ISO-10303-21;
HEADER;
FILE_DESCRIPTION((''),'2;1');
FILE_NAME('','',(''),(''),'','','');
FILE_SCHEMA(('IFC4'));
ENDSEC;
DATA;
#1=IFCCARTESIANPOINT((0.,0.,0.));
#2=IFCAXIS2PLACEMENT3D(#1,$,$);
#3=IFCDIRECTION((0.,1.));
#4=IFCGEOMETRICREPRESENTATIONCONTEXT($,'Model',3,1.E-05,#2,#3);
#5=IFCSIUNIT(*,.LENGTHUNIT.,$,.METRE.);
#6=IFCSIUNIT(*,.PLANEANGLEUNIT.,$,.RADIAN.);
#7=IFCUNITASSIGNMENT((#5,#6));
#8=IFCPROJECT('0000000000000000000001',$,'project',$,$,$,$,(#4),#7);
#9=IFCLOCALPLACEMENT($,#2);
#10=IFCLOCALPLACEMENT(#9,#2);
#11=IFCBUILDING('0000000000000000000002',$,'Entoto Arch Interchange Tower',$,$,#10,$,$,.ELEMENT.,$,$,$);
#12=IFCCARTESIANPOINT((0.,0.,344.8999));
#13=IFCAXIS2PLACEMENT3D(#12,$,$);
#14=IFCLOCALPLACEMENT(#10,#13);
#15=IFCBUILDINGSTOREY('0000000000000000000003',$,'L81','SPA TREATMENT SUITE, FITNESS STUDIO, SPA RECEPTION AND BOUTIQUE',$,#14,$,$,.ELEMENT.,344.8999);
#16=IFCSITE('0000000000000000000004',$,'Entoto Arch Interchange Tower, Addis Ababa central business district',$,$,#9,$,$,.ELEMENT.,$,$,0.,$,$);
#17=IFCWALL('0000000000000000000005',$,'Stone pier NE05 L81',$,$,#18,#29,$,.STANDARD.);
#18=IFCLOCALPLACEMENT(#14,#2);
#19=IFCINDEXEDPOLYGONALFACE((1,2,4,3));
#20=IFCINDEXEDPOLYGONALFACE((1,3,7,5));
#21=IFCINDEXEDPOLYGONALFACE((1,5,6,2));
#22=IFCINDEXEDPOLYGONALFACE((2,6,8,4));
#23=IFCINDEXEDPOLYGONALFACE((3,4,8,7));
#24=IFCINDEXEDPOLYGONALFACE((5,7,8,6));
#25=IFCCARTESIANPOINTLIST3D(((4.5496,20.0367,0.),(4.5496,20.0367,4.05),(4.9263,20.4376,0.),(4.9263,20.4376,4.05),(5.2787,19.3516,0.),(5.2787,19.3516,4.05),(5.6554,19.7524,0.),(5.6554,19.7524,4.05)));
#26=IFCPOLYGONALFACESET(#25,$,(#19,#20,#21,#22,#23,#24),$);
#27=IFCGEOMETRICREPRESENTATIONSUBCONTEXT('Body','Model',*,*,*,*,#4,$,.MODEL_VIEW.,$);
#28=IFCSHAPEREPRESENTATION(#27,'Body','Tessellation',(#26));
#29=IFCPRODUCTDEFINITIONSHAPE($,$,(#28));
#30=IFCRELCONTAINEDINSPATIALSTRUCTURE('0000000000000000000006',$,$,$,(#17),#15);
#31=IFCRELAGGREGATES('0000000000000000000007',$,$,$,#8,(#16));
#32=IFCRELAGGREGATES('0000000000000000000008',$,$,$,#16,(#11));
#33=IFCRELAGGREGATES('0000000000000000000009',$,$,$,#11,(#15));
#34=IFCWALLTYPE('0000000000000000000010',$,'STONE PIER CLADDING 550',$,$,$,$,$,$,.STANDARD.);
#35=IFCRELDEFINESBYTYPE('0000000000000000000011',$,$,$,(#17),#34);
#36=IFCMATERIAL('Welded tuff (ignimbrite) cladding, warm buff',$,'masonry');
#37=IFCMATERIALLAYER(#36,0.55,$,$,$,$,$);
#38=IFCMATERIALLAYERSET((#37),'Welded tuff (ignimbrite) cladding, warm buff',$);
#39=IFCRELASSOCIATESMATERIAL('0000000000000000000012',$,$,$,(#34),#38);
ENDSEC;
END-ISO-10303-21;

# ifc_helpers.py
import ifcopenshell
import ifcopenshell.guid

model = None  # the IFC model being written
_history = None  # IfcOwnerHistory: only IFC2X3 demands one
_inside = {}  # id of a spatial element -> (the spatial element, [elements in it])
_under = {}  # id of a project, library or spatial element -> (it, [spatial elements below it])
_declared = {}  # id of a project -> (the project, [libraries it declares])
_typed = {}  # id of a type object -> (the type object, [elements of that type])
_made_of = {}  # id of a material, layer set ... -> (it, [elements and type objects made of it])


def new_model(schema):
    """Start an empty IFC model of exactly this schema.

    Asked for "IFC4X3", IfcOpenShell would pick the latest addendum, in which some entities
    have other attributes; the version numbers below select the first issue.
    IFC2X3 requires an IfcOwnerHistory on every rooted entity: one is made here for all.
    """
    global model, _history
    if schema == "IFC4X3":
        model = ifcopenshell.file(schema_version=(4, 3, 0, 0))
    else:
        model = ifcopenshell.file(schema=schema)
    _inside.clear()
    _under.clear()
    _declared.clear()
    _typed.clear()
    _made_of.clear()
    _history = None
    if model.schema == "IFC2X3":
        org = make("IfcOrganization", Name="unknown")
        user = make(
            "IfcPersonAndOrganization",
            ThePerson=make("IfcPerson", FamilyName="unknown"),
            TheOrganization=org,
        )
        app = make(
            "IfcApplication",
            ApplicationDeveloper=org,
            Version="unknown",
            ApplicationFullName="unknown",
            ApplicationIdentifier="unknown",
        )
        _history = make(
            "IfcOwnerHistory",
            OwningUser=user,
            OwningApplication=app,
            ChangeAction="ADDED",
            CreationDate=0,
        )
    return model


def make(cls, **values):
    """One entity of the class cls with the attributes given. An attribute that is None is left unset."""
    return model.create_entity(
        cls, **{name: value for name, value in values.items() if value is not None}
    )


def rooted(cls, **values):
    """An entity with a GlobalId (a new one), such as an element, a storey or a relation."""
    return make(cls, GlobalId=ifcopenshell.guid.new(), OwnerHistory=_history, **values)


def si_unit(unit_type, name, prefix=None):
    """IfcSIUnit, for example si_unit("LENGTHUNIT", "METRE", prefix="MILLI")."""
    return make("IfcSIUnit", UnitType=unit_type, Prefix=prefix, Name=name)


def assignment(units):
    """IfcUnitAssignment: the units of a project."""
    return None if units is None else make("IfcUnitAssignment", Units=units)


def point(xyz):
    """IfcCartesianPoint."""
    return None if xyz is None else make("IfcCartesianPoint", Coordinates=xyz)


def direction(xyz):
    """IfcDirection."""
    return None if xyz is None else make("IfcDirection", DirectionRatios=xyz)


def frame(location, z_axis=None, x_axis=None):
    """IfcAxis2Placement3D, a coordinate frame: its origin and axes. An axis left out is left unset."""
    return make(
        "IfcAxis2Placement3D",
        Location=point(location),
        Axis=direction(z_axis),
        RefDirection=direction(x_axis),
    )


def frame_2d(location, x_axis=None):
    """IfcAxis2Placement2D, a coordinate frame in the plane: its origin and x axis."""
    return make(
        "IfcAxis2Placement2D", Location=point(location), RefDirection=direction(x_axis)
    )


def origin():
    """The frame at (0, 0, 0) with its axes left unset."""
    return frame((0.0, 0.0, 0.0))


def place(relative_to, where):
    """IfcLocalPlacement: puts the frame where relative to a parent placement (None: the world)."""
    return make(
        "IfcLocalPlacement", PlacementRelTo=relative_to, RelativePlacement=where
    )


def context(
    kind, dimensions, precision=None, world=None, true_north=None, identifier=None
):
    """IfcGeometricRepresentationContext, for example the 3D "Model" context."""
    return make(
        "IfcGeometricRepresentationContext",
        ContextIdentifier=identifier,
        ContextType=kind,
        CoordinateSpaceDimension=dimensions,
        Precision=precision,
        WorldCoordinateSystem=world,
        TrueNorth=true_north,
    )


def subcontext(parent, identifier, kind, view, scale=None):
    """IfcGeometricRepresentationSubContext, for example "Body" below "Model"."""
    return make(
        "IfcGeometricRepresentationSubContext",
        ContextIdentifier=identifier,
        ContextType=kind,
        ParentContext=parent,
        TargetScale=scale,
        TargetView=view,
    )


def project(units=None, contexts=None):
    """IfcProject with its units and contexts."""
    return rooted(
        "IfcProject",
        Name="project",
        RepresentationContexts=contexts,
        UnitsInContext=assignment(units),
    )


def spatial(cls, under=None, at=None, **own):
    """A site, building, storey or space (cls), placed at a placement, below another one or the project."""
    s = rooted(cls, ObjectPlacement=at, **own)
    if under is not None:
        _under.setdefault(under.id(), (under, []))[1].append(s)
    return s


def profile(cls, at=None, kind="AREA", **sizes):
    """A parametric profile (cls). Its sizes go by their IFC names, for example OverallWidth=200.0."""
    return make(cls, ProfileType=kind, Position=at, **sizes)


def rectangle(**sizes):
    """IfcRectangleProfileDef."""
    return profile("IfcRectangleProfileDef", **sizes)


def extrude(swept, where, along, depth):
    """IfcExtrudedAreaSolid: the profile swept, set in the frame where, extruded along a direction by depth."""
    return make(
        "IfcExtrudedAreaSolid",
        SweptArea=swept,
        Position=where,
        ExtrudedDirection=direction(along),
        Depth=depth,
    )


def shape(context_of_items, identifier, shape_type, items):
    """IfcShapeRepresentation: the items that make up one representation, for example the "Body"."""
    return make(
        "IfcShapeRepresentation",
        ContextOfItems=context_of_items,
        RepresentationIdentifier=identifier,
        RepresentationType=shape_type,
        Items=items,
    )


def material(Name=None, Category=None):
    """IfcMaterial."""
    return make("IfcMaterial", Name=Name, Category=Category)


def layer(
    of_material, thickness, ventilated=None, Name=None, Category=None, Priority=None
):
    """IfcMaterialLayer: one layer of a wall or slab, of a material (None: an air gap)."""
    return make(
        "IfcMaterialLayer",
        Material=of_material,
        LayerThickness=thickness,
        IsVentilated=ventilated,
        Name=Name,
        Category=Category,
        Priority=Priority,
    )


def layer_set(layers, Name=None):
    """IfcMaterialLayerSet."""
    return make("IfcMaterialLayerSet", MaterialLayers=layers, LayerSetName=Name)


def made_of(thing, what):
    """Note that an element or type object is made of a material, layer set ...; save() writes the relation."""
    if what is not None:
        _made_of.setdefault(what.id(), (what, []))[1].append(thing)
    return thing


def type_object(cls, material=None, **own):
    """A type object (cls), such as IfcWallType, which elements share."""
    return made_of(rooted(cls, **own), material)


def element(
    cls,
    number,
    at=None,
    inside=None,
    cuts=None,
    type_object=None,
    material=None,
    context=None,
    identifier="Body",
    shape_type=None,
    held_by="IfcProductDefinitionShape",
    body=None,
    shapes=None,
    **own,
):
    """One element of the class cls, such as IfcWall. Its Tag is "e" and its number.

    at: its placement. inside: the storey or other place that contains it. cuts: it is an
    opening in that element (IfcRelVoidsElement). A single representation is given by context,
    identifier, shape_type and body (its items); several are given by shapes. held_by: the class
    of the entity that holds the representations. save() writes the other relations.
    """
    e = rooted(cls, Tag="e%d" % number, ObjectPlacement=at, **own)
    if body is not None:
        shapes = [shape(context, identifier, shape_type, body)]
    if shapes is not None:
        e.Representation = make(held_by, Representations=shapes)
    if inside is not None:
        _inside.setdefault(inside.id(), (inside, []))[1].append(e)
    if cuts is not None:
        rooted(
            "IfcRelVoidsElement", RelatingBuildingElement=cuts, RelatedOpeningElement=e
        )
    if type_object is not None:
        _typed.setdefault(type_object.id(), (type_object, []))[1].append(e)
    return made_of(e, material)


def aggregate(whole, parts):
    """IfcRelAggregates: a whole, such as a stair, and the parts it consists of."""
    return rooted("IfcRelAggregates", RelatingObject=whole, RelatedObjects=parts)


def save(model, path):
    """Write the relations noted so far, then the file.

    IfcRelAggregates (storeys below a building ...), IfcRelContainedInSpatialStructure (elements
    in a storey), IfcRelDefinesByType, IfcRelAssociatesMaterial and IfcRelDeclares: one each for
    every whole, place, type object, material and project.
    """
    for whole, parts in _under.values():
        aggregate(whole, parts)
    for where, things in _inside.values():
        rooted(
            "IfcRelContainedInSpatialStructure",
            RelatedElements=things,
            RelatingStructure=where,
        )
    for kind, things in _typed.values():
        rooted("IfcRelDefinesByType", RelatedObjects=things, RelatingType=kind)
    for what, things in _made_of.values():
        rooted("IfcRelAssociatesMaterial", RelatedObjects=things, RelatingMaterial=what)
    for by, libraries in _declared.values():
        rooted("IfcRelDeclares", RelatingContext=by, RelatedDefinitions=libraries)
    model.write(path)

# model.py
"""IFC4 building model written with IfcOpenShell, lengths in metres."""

from ifc_helpers import new_model, si_unit, direction, frame, frame_2d, origin, place, context, subcontext, project, spatial, rectangle, extrude, material, layer, layer_set, type_object, element, save


model = new_model("IFC4")

# Units and contexts
model_context = context("Model", 3, precision=1e-05, world=origin(), true_north=direction((0.0, 1.0)))
body_context = subcontext(model_context, "Body", "Model", "MODEL_VIEW")
ifc_project = project(units=[si_unit("LENGTHUNIT", "METRE"), si_unit("PLANEANGLEUNIT", "RADIAN")], contexts=[model_context])

# Site, building, storey
site_placement = place(None, origin())
site = spatial("IfcSite", under=ifc_project, at=site_placement, Name="Entoto Arch Interchange Tower, Addis Ababa central business district", CompositionType="ELEMENT", RefElevation=0.0)
building_placement = place(site_placement, origin())
building = spatial("IfcBuilding", under=site, at=building_placement, Name="Entoto Arch Interchange Tower", CompositionType="ELEMENT")
storey_placement = place(building_placement, frame((0.0, 0.0, 344.8999)))
storey = spatial("IfcBuildingStorey", under=building, at=storey_placement, Name="L81", Description="SPA TREATMENT SUITE, FITNESS STUDIO, SPA RECEPTION AND BOUTIQUE", CompositionType="ELEMENT", Elevation=344.8999)

# Shared definitions
ifc_material_1 = material(Name="Welded tuff (ignimbrite) cladding, warm buff", Category="masonry")

# Wall
ifc_layer_1 = layer(ifc_material_1, 0.55)
ifc_layer_set_1 = layer_set([ifc_layer_1], Name="Welded tuff (ignimbrite) cladding, warm buff")
wall_type_1 = type_object("IfcWallType", Name="STONE PIER CLADDING 550", PredefinedType="STANDARD", material=ifc_layer_set_1)
wall_1_placement = place(storey_placement, frame((5.467, 19.552, 0.0), z_axis=(0.0, 0.0, 1.0), x_axis=(-0.72873, 0.684801, 0.0)))
element("IfcWall", 1, at=wall_1_placement, inside=storey, type_object=wall_type_1, Name="Stone pier NE05 L81", PredefinedType="STANDARD", context=body_context, shape_type="SweptSolid", body=[
    extrude(rectangle(XDim=1.0005, YDim=0.55, at=frame_2d((0.5002, 0.0))), origin(), (0.0, 0.0, 1.0), 4.05),
])

save(model, "model.ifc")
